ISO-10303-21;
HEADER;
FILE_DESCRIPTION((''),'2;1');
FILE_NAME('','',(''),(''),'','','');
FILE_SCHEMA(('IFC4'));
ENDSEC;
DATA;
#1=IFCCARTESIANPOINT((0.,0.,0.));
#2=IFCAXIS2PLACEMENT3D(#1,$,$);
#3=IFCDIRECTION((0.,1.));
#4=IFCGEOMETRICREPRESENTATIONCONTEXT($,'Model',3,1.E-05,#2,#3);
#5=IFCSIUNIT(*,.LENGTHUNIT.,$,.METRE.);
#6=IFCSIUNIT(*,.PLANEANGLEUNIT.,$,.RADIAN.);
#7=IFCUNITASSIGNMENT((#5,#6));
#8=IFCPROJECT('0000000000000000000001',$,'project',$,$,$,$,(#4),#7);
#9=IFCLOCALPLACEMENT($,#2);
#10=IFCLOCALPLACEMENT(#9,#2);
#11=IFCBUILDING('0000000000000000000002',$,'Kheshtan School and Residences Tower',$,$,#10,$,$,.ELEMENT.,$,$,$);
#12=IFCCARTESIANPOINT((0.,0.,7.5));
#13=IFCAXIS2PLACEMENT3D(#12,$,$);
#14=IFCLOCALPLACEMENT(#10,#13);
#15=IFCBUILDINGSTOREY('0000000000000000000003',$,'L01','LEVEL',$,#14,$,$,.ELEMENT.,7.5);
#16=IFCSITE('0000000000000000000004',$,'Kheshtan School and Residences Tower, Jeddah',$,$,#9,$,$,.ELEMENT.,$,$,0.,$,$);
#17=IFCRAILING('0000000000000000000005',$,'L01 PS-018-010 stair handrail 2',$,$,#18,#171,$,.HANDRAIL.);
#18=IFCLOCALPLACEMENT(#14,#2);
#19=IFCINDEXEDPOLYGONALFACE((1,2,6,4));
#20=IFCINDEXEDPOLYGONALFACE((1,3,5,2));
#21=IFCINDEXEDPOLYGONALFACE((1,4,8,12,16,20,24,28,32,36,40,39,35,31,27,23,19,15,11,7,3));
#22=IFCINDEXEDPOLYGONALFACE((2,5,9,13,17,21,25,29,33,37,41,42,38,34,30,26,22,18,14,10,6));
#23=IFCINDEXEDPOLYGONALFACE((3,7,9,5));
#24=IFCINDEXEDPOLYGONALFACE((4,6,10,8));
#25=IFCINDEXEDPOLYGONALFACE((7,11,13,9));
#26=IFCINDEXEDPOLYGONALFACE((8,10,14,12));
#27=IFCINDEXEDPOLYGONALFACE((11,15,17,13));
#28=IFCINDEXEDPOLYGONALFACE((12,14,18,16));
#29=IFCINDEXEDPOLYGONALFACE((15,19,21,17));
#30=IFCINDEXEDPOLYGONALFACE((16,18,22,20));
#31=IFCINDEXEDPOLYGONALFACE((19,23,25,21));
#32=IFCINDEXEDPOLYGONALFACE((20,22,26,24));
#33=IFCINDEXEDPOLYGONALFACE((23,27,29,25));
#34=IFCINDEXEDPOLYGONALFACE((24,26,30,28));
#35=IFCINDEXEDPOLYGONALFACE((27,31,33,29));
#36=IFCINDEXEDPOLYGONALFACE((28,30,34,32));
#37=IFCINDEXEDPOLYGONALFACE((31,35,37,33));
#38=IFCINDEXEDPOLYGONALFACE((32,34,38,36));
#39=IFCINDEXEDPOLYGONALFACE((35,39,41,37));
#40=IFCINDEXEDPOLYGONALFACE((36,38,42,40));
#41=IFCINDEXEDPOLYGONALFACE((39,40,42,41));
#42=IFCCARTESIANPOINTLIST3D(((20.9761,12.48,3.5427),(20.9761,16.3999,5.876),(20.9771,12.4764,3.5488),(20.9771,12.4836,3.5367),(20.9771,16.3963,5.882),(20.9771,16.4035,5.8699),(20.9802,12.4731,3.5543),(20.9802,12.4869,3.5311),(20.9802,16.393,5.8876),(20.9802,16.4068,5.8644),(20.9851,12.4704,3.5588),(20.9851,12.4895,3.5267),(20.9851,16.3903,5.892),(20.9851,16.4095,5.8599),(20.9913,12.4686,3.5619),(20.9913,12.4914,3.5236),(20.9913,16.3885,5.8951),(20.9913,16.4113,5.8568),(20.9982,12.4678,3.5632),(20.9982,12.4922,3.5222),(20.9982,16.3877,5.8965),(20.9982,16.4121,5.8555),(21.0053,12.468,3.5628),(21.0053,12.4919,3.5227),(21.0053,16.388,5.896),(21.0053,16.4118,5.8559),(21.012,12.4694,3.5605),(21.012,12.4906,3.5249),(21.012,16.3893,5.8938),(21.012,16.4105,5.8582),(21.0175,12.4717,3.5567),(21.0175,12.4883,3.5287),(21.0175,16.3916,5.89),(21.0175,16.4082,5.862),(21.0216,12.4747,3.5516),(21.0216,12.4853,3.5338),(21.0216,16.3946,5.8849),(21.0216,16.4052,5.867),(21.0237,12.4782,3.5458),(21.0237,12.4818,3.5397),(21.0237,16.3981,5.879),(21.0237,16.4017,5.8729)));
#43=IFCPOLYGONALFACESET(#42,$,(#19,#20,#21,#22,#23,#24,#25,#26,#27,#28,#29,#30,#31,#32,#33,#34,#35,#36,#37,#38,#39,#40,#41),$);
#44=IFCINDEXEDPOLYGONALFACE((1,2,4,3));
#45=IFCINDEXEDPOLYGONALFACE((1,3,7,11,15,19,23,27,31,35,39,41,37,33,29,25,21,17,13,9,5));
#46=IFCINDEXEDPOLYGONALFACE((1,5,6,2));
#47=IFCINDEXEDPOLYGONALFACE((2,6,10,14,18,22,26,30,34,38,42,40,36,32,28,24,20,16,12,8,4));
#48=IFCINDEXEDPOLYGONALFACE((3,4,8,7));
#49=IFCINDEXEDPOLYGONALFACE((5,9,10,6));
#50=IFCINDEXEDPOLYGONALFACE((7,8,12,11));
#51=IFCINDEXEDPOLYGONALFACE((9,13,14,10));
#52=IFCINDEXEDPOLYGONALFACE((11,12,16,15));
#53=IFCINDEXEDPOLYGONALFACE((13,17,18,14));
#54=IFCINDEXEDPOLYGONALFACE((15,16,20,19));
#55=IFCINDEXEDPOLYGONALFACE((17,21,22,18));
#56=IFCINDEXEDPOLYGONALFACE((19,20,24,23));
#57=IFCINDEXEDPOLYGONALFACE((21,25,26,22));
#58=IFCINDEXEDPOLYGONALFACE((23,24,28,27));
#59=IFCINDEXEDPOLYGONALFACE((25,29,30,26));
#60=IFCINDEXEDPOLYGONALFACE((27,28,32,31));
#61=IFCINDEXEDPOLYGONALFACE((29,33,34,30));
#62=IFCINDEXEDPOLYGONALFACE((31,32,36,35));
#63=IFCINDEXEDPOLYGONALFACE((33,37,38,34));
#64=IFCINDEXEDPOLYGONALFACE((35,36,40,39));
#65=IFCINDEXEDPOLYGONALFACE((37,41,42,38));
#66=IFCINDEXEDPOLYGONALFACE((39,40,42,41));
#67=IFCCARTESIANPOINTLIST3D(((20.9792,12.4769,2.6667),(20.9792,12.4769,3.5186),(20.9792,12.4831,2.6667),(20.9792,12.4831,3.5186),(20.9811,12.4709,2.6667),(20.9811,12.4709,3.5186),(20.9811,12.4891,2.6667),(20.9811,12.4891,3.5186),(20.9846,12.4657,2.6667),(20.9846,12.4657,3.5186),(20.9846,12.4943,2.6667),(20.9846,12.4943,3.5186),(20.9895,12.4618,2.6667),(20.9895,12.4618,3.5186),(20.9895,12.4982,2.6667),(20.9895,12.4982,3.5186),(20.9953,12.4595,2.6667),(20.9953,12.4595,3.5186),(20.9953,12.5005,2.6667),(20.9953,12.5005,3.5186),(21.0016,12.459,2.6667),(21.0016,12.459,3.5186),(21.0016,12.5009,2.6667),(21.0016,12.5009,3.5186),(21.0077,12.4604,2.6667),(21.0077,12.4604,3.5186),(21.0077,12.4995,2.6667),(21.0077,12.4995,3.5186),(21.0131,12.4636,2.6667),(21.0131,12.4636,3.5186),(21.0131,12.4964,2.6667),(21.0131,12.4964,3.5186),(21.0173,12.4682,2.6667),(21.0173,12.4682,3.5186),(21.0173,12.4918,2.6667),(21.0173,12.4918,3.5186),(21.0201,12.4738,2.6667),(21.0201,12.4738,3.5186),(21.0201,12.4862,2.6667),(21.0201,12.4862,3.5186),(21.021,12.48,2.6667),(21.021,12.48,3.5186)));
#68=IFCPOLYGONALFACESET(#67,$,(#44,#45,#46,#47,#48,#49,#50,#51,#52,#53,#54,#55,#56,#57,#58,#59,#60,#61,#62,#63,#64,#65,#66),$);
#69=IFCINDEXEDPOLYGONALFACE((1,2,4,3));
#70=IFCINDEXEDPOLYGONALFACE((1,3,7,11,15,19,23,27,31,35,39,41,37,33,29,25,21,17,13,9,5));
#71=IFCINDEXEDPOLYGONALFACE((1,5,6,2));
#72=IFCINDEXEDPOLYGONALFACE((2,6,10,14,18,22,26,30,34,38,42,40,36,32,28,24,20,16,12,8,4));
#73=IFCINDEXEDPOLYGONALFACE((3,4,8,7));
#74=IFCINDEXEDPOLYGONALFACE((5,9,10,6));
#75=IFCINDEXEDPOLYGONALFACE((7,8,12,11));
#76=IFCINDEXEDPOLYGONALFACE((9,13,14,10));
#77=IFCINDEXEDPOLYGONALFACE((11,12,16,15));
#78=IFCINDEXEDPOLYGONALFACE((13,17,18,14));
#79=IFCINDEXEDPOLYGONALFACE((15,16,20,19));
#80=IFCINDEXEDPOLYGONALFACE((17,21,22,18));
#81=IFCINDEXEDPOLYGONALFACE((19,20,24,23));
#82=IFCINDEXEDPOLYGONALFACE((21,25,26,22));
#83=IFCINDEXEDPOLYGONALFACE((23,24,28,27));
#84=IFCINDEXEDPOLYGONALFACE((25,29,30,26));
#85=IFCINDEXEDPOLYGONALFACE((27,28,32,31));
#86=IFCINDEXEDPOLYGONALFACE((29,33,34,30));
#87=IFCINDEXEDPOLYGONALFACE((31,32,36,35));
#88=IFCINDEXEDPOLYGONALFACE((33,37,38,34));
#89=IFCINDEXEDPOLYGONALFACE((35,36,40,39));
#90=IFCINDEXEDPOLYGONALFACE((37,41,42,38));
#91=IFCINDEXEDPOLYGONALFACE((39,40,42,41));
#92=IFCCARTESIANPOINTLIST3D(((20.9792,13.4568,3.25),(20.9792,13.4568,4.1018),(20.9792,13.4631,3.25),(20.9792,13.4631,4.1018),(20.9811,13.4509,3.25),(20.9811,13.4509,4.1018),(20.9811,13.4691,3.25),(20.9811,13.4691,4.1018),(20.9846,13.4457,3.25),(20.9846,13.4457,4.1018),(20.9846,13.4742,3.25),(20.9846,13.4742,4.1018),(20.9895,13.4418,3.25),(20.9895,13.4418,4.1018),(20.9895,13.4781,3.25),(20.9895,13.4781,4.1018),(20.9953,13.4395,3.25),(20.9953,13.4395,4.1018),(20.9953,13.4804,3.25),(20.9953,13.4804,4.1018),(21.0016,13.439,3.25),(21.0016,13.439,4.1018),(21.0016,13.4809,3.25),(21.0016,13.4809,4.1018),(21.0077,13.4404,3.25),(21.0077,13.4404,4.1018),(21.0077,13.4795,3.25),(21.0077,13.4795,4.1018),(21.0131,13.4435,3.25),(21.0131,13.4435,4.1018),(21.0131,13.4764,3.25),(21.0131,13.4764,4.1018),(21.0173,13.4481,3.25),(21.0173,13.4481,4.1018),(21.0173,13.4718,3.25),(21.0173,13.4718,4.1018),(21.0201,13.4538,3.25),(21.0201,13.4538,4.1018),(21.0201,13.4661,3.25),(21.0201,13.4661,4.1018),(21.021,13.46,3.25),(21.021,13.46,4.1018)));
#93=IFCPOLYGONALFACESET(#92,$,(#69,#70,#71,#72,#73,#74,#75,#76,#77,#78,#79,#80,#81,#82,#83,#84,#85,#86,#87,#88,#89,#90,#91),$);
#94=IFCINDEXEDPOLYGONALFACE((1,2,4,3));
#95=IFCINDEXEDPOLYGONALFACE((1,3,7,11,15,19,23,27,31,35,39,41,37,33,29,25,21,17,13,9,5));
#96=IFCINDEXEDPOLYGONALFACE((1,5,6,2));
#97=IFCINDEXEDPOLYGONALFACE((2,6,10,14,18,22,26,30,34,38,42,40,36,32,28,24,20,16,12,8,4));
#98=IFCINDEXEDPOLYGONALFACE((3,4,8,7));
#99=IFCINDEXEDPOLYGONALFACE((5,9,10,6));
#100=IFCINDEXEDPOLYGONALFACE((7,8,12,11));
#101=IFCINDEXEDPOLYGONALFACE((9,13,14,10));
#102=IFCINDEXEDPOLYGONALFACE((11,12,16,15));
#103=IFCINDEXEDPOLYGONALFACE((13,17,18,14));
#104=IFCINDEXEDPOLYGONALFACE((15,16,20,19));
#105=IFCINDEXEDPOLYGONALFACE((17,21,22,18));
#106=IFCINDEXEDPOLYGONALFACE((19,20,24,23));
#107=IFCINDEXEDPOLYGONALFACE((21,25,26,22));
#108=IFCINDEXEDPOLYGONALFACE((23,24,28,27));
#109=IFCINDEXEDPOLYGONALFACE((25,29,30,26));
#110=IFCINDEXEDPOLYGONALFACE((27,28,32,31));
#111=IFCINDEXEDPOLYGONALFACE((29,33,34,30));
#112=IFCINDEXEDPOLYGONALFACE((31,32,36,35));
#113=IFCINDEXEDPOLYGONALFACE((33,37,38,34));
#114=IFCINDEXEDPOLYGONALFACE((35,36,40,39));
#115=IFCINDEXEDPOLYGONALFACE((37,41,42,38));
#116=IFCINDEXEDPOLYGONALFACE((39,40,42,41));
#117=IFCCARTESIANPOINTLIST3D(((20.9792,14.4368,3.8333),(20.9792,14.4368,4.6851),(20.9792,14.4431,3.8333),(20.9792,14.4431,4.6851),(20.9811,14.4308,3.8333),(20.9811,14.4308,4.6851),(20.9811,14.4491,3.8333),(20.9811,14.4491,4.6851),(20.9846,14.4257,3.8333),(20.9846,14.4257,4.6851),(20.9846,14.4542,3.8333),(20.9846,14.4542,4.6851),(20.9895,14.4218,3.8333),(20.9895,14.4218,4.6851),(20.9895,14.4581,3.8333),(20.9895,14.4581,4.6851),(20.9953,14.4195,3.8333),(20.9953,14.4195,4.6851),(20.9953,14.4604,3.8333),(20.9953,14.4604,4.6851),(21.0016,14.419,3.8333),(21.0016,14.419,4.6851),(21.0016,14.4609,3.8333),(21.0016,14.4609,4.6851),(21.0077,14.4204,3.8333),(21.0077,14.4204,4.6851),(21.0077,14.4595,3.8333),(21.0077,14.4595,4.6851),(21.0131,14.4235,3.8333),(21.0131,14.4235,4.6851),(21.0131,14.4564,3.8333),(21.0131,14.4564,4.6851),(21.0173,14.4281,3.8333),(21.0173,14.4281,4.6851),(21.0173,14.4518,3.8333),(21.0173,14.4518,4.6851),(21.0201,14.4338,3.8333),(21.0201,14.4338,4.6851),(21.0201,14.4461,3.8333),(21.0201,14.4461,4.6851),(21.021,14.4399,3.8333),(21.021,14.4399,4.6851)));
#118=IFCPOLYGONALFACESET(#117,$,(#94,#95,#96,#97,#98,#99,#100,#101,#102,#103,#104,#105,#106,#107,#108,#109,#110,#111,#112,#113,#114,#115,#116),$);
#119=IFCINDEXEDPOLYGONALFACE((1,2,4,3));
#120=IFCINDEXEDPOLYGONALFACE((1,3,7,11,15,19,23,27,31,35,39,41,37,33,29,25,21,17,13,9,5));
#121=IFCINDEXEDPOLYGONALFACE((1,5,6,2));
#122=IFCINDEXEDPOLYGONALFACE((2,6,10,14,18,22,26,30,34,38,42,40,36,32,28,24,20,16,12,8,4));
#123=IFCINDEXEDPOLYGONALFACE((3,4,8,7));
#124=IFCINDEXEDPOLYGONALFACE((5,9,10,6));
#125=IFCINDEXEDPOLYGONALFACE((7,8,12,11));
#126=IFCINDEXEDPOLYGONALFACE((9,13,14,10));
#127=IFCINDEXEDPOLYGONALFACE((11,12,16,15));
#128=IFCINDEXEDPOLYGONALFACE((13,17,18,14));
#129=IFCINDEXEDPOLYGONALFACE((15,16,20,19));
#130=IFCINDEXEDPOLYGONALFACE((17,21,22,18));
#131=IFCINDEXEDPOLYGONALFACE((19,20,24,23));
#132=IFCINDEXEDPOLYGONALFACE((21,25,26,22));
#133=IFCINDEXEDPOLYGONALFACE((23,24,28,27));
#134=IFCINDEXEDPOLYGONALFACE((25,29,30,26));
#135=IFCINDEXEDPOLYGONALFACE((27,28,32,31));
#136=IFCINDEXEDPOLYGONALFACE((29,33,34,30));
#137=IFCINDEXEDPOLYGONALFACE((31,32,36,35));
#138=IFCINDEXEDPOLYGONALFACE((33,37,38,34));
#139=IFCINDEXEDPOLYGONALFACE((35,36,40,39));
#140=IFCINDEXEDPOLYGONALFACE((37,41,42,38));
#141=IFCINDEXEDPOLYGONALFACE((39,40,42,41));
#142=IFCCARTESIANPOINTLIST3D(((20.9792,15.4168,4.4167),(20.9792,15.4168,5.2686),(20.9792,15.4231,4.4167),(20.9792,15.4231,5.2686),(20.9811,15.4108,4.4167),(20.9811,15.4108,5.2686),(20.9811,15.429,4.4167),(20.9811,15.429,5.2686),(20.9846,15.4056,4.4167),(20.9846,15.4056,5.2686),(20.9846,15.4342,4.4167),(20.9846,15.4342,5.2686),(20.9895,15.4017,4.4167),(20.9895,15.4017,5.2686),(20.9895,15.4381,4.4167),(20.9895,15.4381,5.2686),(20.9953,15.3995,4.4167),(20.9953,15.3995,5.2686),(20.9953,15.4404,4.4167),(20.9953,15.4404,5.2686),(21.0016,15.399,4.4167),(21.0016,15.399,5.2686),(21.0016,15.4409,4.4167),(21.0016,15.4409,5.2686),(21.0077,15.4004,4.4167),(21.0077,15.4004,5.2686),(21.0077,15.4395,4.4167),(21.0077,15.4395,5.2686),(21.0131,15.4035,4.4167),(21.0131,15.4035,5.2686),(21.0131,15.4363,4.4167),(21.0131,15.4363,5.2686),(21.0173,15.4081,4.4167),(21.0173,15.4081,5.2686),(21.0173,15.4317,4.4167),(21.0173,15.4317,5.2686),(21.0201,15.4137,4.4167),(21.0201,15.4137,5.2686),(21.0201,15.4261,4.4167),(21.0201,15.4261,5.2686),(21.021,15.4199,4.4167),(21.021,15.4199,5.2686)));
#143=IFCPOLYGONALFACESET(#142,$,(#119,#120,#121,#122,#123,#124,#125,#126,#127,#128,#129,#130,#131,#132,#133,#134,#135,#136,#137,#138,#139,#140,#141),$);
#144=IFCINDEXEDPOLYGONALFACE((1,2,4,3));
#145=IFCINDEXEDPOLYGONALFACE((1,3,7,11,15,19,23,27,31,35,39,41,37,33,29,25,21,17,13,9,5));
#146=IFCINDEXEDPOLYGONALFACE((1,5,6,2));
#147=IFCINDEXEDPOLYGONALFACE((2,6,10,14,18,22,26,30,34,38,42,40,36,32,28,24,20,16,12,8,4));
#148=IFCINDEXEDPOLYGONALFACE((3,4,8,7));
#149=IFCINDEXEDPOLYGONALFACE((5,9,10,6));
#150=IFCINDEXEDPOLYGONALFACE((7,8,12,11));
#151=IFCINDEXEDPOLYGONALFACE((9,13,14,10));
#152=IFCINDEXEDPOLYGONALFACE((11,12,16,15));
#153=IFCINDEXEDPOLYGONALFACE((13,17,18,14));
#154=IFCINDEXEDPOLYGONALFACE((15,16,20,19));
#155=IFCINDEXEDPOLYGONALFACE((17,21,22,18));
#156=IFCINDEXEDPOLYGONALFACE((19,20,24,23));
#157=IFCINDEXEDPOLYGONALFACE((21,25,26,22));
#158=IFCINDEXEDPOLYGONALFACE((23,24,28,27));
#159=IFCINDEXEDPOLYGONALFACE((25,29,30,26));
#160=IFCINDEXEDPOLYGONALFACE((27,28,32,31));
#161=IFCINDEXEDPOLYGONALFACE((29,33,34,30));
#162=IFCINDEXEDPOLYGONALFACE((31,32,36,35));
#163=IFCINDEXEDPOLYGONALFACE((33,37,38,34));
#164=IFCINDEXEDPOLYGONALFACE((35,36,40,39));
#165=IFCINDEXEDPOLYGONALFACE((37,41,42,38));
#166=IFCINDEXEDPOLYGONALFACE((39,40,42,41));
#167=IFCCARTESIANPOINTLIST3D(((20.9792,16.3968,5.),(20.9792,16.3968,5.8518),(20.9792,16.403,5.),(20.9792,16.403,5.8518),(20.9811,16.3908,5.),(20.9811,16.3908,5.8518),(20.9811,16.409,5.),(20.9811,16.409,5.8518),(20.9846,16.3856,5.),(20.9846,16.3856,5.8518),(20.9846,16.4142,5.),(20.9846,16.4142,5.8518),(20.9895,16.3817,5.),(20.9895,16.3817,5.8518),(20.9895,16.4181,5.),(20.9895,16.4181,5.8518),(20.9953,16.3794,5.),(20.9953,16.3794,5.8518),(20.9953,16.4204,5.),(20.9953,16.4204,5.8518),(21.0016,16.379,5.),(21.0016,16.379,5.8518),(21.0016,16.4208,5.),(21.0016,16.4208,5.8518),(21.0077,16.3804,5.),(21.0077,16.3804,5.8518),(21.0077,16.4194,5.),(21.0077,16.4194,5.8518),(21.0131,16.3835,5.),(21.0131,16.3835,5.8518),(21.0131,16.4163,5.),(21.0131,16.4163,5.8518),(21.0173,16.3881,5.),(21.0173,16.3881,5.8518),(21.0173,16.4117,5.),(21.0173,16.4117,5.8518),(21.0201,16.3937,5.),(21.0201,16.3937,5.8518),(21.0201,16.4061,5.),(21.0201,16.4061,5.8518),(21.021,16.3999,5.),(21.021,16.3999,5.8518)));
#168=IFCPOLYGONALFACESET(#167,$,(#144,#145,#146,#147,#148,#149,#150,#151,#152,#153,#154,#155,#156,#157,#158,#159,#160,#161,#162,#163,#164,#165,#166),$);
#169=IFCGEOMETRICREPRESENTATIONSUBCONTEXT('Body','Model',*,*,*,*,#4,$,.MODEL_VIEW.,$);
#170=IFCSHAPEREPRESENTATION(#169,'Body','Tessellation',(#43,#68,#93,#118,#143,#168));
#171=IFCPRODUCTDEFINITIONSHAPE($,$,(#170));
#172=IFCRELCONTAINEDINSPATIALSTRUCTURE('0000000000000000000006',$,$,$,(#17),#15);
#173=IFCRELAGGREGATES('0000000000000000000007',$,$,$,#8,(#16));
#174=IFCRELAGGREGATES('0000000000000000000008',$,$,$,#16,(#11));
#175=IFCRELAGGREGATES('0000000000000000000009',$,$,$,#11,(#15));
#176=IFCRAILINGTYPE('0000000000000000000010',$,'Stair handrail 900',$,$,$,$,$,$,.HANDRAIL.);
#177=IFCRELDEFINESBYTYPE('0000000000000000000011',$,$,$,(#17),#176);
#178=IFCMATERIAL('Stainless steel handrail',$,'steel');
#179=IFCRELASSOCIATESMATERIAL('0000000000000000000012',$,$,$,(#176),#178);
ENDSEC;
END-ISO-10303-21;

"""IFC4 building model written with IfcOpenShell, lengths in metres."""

from ifc_helpers import new_model, si_unit, direction, frame, origin, origin_2d, place, context, subcontext, project, spatial, circle, extrude, material, type_object, element, save


model = new_model("IFC4")

# Units and contexts
model_context = context("Model", 3, precision=1e-05, world=origin(), true_north=direction((0.0, 1.0)))
body_context = subcontext(model_context, "Body", "Model", "MODEL_VIEW")
ifc_project = project(units=[si_unit("LENGTHUNIT", "METRE"), si_unit("PLANEANGLEUNIT", "RADIAN")], contexts=[model_context])

# Site, building, storey
site_placement = place(None, origin())
site = spatial("IfcSite", under=ifc_project, at=site_placement, Name="Kheshtan School and Residences Tower, Jeddah", CompositionType="ELEMENT", RefElevation=0.0)
building_placement = place(site_placement, origin())
building = spatial("IfcBuilding", under=site, at=building_placement, Name="Kheshtan School and Residences Tower", CompositionType="ELEMENT")
storey_placement = place(building_placement, frame((0.0, 0.0, 7.5)))
storey = spatial("IfcBuildingStorey", under=building, at=storey_placement, Name="L01", Description="LEVEL", CompositionType="ELEMENT", Elevation=7.5)

# Railing
ifc_material_1 = material(Name="Stainless steel handrail", Category="steel")
railing_type = type_object("IfcRailingType", Name="Stair handrail 900", PredefinedType="HANDRAIL", material=ifc_material_1)
railing_placement = place(storey_placement, frame((21.0, 12.48, 2.6667)))
element("IfcRailing", 1, at=railing_placement, inside=storey, type_object=railing_type, Name="L01 PS-018-010 stair handrail 2", PredefinedType="HANDRAIL", context=body_context, shape_type="SweptSolid", body=[
    extrude(circle(Radius=0.0239, at=origin_2d()), frame((0.0, 0.0, 0.876), z_axis=(0.0, 0.859296, 0.511478), x_axis=(-1.0, 0.0, 0.0)), (0.0, 0.0, 1.0), 4.5618),
    extrude(circle(Radius=0.021, at=origin_2d()), origin(), (0.0, 0.0, 1.0), 0.8518),
    extrude(circle(Radius=0.021, at=origin_2d()), frame((0.0, 0.98, 0.5833)), (0.0, 0.0, 1.0), 0.8518),
    extrude(circle(Radius=0.021, at=origin_2d()), frame((0.0, 1.96, 1.1665)), (0.0, 0.0, 1.0), 0.8518),
    extrude(circle(Radius=0.021, at=origin_2d()), frame((0.0, 2.9399, 1.75)), (0.0, 0.0, 1.0), 0.8518),
    extrude(circle(Radius=0.021, at=origin_2d()), frame((0.0, 3.9199, 2.3333)), (0.0, 0.0, 1.0), 0.8518),
])

save(model, "model.ifc")
